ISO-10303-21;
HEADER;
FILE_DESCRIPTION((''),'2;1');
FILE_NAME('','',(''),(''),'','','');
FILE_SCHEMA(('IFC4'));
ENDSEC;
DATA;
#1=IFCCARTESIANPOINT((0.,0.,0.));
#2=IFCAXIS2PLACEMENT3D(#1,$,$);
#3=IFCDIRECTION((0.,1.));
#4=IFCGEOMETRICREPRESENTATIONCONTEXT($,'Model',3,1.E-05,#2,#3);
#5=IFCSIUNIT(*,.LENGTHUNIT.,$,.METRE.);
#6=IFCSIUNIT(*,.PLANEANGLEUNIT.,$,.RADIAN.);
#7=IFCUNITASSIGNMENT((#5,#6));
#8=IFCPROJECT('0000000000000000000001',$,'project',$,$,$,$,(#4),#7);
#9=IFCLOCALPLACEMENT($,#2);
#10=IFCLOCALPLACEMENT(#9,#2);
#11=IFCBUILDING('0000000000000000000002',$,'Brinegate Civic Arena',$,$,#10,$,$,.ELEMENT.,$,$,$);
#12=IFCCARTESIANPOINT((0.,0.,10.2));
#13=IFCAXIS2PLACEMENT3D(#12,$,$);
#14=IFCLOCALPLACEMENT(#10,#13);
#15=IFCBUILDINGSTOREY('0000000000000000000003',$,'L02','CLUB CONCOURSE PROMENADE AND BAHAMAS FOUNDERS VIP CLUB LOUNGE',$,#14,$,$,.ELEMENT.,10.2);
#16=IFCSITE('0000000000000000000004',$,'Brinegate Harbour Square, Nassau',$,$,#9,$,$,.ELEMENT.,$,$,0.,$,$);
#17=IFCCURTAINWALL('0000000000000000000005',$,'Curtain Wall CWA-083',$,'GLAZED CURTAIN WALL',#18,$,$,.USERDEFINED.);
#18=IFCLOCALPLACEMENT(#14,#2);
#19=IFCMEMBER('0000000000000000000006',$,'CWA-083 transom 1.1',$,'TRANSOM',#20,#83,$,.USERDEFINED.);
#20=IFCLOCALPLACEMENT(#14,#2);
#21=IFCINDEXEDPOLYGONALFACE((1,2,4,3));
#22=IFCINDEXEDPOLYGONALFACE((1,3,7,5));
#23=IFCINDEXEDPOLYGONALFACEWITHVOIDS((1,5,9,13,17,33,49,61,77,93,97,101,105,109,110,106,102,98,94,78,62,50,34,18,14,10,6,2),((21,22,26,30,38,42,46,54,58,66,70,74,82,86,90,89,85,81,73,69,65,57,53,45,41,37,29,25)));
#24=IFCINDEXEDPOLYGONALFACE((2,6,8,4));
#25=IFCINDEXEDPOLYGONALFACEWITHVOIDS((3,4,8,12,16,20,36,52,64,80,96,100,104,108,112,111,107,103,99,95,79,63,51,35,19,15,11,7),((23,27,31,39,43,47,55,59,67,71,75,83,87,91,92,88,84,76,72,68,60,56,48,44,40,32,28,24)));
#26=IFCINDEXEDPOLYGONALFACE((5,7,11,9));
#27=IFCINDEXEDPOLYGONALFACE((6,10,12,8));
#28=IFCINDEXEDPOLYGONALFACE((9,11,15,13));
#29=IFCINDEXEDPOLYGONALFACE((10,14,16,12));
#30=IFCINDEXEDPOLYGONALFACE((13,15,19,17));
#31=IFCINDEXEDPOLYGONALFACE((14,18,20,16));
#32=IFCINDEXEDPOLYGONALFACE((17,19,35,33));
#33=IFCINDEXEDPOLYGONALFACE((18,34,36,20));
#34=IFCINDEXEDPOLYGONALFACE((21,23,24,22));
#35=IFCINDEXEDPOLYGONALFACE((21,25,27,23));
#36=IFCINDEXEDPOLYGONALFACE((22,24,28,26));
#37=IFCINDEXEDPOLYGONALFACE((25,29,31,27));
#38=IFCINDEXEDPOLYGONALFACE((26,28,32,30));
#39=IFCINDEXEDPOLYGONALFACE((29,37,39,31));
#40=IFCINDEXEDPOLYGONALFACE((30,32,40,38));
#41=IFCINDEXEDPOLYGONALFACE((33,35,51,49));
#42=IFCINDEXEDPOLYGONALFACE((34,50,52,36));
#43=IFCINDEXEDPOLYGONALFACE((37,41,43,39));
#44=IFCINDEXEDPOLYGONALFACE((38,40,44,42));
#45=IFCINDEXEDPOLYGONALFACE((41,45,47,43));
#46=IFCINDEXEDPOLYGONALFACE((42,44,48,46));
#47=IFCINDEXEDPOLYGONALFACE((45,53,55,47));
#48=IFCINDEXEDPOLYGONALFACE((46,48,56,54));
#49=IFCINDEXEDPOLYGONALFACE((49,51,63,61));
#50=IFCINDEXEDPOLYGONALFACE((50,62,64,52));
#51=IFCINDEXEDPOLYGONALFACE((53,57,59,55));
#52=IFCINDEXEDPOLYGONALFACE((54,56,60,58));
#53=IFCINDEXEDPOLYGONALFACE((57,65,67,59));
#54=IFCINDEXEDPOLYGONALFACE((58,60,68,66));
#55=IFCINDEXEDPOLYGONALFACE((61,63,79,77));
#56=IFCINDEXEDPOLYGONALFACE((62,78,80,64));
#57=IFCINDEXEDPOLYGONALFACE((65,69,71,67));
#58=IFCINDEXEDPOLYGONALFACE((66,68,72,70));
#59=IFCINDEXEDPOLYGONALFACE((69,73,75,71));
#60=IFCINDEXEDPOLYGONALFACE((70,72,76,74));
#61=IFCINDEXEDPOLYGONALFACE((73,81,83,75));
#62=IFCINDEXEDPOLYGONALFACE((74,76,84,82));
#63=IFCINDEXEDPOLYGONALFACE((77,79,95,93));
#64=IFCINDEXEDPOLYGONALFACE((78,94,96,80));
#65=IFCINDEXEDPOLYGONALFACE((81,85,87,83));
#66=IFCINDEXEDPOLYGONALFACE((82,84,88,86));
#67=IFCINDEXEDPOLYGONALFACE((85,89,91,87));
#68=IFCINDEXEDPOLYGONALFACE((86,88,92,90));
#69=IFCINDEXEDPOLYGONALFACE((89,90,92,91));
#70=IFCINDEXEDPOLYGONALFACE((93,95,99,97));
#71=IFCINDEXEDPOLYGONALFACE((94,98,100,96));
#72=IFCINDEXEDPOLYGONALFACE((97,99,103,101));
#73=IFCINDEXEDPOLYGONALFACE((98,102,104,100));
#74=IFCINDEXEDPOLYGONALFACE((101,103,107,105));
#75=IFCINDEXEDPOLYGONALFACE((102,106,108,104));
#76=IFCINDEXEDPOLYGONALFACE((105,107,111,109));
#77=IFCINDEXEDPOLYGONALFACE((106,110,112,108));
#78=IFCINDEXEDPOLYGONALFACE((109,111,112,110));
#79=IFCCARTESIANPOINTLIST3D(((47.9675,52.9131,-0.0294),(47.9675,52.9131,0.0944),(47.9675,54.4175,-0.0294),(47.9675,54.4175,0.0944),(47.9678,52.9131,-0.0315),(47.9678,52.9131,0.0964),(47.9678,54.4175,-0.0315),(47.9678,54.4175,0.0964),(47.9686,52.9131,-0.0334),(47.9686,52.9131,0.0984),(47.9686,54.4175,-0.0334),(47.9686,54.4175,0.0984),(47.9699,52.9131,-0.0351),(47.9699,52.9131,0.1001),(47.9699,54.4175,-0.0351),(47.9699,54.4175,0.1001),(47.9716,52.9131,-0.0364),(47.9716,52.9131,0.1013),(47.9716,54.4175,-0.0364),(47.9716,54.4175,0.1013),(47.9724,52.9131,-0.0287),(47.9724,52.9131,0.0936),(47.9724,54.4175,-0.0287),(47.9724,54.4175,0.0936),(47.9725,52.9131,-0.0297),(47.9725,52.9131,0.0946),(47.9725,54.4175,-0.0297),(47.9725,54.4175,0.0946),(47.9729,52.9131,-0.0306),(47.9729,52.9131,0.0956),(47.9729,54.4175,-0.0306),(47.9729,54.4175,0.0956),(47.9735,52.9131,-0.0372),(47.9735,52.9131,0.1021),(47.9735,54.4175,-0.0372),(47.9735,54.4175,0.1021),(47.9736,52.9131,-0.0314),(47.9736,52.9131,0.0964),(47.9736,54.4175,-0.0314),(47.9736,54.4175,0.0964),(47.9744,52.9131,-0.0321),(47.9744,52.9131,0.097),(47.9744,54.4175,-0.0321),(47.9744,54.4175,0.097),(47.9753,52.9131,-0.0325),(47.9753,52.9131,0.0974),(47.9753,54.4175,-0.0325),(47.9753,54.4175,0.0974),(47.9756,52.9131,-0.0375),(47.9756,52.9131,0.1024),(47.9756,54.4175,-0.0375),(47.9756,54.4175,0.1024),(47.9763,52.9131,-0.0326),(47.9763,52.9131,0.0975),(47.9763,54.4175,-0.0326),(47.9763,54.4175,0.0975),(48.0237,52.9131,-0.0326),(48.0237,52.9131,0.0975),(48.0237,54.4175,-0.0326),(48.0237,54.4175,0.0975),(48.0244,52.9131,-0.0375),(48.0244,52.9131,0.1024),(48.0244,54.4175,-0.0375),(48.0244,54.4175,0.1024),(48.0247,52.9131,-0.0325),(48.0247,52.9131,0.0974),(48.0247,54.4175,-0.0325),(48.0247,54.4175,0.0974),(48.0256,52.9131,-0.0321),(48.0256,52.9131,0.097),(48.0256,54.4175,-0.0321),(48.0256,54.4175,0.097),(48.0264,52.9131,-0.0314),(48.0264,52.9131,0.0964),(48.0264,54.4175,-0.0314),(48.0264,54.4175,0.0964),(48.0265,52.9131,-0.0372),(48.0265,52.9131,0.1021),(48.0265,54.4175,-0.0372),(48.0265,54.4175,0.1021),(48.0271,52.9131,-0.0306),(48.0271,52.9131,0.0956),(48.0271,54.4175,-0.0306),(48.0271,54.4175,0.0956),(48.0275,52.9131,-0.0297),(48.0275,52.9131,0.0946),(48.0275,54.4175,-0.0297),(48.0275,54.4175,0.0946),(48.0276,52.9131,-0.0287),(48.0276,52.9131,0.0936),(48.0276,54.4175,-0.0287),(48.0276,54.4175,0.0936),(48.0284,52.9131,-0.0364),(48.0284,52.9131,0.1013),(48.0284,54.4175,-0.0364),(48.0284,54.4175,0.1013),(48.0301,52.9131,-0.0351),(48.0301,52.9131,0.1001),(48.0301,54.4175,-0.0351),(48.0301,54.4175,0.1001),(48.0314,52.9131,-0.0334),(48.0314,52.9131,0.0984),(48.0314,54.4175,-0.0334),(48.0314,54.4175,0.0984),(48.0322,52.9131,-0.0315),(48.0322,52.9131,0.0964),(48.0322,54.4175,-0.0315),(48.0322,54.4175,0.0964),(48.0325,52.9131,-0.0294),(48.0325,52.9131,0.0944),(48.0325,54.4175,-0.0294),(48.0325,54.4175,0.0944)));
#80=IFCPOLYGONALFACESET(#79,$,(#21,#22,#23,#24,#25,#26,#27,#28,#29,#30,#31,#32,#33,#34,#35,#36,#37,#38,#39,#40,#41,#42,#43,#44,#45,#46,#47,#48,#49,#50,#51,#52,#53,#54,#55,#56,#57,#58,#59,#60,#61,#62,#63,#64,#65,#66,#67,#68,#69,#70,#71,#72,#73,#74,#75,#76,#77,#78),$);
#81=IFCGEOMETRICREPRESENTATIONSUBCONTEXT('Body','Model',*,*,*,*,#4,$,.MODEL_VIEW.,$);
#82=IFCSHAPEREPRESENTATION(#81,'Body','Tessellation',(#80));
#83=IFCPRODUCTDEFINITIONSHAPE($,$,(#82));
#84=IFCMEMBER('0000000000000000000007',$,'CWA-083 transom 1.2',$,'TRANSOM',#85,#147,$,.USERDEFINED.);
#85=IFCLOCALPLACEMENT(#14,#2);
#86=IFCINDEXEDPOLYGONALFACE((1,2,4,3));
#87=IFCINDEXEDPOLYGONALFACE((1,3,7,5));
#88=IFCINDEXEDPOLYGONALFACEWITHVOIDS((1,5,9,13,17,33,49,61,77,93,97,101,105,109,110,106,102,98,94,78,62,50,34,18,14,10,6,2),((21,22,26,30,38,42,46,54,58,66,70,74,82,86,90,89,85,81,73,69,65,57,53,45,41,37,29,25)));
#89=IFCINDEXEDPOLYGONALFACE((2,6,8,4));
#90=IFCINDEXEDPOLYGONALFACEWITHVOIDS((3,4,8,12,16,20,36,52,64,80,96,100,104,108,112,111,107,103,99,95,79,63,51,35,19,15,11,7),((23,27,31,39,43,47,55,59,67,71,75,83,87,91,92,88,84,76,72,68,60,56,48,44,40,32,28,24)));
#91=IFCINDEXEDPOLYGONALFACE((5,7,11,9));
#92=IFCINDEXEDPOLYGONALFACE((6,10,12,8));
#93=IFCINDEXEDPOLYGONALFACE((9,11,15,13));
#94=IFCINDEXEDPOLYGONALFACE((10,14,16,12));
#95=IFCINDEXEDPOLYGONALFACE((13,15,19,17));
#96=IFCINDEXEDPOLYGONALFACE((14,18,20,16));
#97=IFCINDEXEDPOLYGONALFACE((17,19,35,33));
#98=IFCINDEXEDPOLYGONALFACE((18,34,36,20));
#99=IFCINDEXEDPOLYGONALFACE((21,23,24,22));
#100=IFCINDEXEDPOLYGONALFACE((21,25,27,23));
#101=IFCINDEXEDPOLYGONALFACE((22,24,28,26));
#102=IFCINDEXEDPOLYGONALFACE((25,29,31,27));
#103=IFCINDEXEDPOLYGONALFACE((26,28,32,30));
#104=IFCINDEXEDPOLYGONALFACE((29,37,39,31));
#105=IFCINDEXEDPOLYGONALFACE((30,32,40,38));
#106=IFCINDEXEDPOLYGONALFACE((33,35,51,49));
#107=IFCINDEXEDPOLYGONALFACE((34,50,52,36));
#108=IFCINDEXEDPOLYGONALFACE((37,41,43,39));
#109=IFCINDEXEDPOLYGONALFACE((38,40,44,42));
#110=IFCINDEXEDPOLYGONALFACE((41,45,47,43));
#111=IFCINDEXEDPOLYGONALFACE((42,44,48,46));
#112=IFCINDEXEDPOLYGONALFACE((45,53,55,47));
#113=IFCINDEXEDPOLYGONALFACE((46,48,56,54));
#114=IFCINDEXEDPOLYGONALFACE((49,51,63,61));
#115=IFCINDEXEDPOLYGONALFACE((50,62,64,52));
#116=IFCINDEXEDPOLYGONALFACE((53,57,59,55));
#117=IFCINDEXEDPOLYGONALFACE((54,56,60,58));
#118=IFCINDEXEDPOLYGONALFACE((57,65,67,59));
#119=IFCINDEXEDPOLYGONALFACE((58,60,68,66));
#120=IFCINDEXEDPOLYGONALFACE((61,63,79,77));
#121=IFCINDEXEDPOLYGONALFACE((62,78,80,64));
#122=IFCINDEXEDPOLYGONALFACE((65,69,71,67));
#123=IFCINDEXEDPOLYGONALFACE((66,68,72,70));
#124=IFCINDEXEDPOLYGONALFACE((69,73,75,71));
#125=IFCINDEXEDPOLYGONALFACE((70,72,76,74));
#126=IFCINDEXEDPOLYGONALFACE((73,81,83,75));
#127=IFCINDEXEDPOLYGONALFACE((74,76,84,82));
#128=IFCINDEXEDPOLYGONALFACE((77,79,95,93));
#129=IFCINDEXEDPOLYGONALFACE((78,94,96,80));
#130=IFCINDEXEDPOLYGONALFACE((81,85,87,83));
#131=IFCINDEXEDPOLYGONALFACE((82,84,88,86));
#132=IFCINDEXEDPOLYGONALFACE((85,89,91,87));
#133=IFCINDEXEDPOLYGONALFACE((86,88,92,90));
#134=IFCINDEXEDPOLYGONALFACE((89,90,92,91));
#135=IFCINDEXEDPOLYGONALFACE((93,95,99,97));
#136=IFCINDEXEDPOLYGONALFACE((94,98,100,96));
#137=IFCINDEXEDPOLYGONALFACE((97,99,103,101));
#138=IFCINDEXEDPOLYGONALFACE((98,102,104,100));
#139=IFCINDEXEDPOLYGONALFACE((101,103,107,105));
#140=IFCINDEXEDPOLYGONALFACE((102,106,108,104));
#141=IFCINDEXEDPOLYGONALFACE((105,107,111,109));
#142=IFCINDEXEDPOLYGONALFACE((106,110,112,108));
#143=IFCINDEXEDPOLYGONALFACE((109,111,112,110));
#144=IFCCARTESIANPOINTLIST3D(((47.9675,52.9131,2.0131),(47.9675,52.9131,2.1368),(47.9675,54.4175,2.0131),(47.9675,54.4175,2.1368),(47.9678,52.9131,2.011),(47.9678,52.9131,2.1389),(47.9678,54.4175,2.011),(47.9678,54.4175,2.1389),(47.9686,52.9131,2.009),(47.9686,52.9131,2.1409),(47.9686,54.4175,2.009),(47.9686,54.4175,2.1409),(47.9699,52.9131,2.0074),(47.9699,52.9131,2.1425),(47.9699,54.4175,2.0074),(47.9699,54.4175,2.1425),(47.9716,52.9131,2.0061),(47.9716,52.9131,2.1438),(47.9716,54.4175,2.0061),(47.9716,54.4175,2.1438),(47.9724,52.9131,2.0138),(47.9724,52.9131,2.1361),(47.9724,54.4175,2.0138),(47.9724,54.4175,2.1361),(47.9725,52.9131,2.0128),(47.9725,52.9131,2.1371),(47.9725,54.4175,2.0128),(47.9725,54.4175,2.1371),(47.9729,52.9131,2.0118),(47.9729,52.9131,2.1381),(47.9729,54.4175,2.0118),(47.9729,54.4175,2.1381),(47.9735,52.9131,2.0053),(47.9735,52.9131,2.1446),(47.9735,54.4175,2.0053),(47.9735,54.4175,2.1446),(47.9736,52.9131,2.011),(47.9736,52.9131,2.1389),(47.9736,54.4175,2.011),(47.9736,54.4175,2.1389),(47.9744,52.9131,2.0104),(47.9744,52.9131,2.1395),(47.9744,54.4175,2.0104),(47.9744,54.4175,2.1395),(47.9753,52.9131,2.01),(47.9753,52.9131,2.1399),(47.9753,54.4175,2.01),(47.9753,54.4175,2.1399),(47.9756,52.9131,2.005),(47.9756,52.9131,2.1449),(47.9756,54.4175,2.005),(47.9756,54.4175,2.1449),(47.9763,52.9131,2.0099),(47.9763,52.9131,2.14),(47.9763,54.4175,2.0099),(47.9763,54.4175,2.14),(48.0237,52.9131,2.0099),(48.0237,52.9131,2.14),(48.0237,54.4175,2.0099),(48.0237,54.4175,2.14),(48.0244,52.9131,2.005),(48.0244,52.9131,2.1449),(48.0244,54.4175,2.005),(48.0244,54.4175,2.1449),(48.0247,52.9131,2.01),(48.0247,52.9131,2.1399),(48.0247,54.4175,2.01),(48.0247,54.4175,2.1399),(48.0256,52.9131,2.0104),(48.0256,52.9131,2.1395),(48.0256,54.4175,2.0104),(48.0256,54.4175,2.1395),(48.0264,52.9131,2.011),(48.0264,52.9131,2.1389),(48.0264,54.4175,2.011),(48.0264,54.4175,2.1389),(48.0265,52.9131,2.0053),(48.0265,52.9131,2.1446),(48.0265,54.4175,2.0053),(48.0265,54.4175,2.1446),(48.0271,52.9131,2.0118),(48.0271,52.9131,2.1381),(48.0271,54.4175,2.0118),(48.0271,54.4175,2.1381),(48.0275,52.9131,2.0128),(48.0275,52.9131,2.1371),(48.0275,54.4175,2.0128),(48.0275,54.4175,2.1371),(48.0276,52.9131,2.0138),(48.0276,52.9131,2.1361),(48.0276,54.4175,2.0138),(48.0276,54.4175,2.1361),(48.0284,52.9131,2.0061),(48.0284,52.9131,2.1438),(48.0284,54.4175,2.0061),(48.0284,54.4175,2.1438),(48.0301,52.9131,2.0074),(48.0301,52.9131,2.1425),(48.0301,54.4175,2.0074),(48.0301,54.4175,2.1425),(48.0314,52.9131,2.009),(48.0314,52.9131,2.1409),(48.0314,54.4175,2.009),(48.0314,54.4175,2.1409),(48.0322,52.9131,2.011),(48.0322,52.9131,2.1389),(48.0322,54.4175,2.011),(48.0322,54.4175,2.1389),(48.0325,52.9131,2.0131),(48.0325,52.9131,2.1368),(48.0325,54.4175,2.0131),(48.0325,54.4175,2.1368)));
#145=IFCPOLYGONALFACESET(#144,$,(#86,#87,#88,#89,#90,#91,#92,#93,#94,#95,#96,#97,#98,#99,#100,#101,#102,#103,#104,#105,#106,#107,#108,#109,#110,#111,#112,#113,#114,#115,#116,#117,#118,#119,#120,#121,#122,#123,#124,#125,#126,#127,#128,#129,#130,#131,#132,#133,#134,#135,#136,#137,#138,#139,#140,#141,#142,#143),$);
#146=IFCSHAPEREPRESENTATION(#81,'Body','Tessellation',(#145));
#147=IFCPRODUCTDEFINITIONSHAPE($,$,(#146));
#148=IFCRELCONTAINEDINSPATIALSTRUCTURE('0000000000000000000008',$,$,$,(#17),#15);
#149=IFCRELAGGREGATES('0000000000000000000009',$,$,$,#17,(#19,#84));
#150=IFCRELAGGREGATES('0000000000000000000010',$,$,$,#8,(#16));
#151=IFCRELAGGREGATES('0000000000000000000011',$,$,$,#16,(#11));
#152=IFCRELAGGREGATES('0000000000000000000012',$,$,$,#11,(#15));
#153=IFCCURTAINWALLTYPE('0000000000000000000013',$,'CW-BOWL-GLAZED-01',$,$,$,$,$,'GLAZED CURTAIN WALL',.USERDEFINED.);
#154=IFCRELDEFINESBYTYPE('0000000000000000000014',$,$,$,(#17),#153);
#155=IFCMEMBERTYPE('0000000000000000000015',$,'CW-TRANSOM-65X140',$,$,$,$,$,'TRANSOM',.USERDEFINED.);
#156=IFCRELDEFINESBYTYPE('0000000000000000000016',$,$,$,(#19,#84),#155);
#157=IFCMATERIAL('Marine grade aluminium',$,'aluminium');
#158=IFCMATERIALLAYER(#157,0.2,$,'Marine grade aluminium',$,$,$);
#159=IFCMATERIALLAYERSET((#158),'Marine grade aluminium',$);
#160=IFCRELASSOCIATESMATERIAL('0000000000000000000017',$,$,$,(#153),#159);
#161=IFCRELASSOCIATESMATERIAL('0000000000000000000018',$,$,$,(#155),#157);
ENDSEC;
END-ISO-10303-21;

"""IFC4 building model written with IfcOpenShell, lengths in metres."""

from ifc_helpers import new_model, si_unit, direction, frame, origin, origin_2d, place, context, subcontext, project, spatial, hollow_rectangle, extrude, material, layer, layer_set, material_profile, profile_set, type_object, element, aggregate, save


model = new_model("IFC4")

# Units and contexts
model_context = context("Model", 3, precision=1e-05, world=origin(), true_north=direction((0.0, 1.0)))
body_context = subcontext(model_context, "Body", "Model", "MODEL_VIEW")
ifc_project = project(units=[si_unit("LENGTHUNIT", "METRE"), si_unit("PLANEANGLEUNIT", "RADIAN")], contexts=[model_context])

# Site, building, storey
site_placement = place(None, origin())
site = spatial("IfcSite", under=ifc_project, at=site_placement, Name="Brinegate Harbour Square, Nassau", CompositionType="ELEMENT", RefElevation=0.0)
building_placement = place(site_placement, origin())
building = spatial("IfcBuilding", under=site, at=building_placement, Name="Brinegate Civic Arena", CompositionType="ELEMENT")
storey_placement = place(building_placement, frame((0.0, 0.0, 10.2)))
storey = spatial("IfcBuildingStorey", under=building, at=storey_placement, Name="L02", Description="CLUB CONCOURSE PROMENADE AND BAHAMAS FOUNDERS VIP CLUB LOUNGE", CompositionType="ELEMENT", Elevation=10.2)

# Curtain wall, members
ifc_material_1 = material(Name="Marine grade aluminium", Category="aluminium")
ifc_layer_1 = layer(ifc_material_1, 0.2, Name="Marine grade aluminium")
ifc_layer_set_1 = layer_set([ifc_layer_1], Name="Marine grade aluminium")
curtain_wall_type_1 = type_object("IfcCurtainWallType", Name="CW-BOWL-GLAZED-01", ElementType="GLAZED CURTAIN WALL", PredefinedType="USERDEFINED", material=ifc_layer_set_1)
curtain_wall_1_placement = place(storey_placement, origin())
curtain_wall_1 = element("IfcCurtainWall", 1, at=curtain_wall_1_placement, inside=storey, type_object=curtain_wall_type_1, Name="Curtain Wall CWA-083", ObjectType="GLAZED CURTAIN WALL", PredefinedType="USERDEFINED")
ifc_material_profile_1 = material_profile(ifc_material_1, hollow_rectangle(XDim=0.0649, YDim=0.1399, WallThickness=0.0049, InnerFilletRadius=0.0039, OuterFilletRadius=0.0081, at=origin_2d()), Name="TRN65X140")
ifc_profile_set_1 = profile_set([ifc_material_profile_1], Name="Marine grade aluminium")
member_type_1 = type_object("IfcMemberType", Name="CW-TRANSOM-65X140", ElementType="TRANSOM", PredefinedType="USERDEFINED", material=ifc_profile_set_1)
member_1_placement = place(storey_placement, frame((48.0, 52.9131, 0.0325), z_axis=(0.0, 1.0, 0.0), x_axis=(-1.0, 0.0, 0.0)))
member_1 = element("IfcMember", 2, at=member_1_placement, type_object=member_type_1, Name="CWA-083 transom 1.1", ObjectType="TRANSOM", PredefinedType="USERDEFINED", context=body_context, shape_type="SweptSolid", body=[
    extrude(hollow_rectangle(XDim=0.0649, YDim=0.1399, WallThickness=0.0049, InnerFilletRadius=0.0039, OuterFilletRadius=0.0081, at=origin_2d()), origin(), (0.0, 0.0, 1.0), 1.5044),
])
member_2_placement = place(storey_placement, frame((48.0, 52.9131, 2.075), z_axis=(0.0, 1.0, 0.0), x_axis=(-1.0, 0.0, 0.0)))
member_2 = element("IfcMember", 3, at=member_2_placement, type_object=member_type_1, Name="CWA-083 transom 1.2", ObjectType="TRANSOM", PredefinedType="USERDEFINED", context=body_context, shape_type="SweptSolid", body=[
    extrude(hollow_rectangle(XDim=0.0649, YDim=0.1399, WallThickness=0.0049, InnerFilletRadius=0.0039, OuterFilletRadius=0.0081, at=origin_2d()), origin(), (0.0, 0.0, 1.0), 1.5044),
])

aggregate(curtain_wall_1, [member_1, member_2])

save(model, "model.ifc")
